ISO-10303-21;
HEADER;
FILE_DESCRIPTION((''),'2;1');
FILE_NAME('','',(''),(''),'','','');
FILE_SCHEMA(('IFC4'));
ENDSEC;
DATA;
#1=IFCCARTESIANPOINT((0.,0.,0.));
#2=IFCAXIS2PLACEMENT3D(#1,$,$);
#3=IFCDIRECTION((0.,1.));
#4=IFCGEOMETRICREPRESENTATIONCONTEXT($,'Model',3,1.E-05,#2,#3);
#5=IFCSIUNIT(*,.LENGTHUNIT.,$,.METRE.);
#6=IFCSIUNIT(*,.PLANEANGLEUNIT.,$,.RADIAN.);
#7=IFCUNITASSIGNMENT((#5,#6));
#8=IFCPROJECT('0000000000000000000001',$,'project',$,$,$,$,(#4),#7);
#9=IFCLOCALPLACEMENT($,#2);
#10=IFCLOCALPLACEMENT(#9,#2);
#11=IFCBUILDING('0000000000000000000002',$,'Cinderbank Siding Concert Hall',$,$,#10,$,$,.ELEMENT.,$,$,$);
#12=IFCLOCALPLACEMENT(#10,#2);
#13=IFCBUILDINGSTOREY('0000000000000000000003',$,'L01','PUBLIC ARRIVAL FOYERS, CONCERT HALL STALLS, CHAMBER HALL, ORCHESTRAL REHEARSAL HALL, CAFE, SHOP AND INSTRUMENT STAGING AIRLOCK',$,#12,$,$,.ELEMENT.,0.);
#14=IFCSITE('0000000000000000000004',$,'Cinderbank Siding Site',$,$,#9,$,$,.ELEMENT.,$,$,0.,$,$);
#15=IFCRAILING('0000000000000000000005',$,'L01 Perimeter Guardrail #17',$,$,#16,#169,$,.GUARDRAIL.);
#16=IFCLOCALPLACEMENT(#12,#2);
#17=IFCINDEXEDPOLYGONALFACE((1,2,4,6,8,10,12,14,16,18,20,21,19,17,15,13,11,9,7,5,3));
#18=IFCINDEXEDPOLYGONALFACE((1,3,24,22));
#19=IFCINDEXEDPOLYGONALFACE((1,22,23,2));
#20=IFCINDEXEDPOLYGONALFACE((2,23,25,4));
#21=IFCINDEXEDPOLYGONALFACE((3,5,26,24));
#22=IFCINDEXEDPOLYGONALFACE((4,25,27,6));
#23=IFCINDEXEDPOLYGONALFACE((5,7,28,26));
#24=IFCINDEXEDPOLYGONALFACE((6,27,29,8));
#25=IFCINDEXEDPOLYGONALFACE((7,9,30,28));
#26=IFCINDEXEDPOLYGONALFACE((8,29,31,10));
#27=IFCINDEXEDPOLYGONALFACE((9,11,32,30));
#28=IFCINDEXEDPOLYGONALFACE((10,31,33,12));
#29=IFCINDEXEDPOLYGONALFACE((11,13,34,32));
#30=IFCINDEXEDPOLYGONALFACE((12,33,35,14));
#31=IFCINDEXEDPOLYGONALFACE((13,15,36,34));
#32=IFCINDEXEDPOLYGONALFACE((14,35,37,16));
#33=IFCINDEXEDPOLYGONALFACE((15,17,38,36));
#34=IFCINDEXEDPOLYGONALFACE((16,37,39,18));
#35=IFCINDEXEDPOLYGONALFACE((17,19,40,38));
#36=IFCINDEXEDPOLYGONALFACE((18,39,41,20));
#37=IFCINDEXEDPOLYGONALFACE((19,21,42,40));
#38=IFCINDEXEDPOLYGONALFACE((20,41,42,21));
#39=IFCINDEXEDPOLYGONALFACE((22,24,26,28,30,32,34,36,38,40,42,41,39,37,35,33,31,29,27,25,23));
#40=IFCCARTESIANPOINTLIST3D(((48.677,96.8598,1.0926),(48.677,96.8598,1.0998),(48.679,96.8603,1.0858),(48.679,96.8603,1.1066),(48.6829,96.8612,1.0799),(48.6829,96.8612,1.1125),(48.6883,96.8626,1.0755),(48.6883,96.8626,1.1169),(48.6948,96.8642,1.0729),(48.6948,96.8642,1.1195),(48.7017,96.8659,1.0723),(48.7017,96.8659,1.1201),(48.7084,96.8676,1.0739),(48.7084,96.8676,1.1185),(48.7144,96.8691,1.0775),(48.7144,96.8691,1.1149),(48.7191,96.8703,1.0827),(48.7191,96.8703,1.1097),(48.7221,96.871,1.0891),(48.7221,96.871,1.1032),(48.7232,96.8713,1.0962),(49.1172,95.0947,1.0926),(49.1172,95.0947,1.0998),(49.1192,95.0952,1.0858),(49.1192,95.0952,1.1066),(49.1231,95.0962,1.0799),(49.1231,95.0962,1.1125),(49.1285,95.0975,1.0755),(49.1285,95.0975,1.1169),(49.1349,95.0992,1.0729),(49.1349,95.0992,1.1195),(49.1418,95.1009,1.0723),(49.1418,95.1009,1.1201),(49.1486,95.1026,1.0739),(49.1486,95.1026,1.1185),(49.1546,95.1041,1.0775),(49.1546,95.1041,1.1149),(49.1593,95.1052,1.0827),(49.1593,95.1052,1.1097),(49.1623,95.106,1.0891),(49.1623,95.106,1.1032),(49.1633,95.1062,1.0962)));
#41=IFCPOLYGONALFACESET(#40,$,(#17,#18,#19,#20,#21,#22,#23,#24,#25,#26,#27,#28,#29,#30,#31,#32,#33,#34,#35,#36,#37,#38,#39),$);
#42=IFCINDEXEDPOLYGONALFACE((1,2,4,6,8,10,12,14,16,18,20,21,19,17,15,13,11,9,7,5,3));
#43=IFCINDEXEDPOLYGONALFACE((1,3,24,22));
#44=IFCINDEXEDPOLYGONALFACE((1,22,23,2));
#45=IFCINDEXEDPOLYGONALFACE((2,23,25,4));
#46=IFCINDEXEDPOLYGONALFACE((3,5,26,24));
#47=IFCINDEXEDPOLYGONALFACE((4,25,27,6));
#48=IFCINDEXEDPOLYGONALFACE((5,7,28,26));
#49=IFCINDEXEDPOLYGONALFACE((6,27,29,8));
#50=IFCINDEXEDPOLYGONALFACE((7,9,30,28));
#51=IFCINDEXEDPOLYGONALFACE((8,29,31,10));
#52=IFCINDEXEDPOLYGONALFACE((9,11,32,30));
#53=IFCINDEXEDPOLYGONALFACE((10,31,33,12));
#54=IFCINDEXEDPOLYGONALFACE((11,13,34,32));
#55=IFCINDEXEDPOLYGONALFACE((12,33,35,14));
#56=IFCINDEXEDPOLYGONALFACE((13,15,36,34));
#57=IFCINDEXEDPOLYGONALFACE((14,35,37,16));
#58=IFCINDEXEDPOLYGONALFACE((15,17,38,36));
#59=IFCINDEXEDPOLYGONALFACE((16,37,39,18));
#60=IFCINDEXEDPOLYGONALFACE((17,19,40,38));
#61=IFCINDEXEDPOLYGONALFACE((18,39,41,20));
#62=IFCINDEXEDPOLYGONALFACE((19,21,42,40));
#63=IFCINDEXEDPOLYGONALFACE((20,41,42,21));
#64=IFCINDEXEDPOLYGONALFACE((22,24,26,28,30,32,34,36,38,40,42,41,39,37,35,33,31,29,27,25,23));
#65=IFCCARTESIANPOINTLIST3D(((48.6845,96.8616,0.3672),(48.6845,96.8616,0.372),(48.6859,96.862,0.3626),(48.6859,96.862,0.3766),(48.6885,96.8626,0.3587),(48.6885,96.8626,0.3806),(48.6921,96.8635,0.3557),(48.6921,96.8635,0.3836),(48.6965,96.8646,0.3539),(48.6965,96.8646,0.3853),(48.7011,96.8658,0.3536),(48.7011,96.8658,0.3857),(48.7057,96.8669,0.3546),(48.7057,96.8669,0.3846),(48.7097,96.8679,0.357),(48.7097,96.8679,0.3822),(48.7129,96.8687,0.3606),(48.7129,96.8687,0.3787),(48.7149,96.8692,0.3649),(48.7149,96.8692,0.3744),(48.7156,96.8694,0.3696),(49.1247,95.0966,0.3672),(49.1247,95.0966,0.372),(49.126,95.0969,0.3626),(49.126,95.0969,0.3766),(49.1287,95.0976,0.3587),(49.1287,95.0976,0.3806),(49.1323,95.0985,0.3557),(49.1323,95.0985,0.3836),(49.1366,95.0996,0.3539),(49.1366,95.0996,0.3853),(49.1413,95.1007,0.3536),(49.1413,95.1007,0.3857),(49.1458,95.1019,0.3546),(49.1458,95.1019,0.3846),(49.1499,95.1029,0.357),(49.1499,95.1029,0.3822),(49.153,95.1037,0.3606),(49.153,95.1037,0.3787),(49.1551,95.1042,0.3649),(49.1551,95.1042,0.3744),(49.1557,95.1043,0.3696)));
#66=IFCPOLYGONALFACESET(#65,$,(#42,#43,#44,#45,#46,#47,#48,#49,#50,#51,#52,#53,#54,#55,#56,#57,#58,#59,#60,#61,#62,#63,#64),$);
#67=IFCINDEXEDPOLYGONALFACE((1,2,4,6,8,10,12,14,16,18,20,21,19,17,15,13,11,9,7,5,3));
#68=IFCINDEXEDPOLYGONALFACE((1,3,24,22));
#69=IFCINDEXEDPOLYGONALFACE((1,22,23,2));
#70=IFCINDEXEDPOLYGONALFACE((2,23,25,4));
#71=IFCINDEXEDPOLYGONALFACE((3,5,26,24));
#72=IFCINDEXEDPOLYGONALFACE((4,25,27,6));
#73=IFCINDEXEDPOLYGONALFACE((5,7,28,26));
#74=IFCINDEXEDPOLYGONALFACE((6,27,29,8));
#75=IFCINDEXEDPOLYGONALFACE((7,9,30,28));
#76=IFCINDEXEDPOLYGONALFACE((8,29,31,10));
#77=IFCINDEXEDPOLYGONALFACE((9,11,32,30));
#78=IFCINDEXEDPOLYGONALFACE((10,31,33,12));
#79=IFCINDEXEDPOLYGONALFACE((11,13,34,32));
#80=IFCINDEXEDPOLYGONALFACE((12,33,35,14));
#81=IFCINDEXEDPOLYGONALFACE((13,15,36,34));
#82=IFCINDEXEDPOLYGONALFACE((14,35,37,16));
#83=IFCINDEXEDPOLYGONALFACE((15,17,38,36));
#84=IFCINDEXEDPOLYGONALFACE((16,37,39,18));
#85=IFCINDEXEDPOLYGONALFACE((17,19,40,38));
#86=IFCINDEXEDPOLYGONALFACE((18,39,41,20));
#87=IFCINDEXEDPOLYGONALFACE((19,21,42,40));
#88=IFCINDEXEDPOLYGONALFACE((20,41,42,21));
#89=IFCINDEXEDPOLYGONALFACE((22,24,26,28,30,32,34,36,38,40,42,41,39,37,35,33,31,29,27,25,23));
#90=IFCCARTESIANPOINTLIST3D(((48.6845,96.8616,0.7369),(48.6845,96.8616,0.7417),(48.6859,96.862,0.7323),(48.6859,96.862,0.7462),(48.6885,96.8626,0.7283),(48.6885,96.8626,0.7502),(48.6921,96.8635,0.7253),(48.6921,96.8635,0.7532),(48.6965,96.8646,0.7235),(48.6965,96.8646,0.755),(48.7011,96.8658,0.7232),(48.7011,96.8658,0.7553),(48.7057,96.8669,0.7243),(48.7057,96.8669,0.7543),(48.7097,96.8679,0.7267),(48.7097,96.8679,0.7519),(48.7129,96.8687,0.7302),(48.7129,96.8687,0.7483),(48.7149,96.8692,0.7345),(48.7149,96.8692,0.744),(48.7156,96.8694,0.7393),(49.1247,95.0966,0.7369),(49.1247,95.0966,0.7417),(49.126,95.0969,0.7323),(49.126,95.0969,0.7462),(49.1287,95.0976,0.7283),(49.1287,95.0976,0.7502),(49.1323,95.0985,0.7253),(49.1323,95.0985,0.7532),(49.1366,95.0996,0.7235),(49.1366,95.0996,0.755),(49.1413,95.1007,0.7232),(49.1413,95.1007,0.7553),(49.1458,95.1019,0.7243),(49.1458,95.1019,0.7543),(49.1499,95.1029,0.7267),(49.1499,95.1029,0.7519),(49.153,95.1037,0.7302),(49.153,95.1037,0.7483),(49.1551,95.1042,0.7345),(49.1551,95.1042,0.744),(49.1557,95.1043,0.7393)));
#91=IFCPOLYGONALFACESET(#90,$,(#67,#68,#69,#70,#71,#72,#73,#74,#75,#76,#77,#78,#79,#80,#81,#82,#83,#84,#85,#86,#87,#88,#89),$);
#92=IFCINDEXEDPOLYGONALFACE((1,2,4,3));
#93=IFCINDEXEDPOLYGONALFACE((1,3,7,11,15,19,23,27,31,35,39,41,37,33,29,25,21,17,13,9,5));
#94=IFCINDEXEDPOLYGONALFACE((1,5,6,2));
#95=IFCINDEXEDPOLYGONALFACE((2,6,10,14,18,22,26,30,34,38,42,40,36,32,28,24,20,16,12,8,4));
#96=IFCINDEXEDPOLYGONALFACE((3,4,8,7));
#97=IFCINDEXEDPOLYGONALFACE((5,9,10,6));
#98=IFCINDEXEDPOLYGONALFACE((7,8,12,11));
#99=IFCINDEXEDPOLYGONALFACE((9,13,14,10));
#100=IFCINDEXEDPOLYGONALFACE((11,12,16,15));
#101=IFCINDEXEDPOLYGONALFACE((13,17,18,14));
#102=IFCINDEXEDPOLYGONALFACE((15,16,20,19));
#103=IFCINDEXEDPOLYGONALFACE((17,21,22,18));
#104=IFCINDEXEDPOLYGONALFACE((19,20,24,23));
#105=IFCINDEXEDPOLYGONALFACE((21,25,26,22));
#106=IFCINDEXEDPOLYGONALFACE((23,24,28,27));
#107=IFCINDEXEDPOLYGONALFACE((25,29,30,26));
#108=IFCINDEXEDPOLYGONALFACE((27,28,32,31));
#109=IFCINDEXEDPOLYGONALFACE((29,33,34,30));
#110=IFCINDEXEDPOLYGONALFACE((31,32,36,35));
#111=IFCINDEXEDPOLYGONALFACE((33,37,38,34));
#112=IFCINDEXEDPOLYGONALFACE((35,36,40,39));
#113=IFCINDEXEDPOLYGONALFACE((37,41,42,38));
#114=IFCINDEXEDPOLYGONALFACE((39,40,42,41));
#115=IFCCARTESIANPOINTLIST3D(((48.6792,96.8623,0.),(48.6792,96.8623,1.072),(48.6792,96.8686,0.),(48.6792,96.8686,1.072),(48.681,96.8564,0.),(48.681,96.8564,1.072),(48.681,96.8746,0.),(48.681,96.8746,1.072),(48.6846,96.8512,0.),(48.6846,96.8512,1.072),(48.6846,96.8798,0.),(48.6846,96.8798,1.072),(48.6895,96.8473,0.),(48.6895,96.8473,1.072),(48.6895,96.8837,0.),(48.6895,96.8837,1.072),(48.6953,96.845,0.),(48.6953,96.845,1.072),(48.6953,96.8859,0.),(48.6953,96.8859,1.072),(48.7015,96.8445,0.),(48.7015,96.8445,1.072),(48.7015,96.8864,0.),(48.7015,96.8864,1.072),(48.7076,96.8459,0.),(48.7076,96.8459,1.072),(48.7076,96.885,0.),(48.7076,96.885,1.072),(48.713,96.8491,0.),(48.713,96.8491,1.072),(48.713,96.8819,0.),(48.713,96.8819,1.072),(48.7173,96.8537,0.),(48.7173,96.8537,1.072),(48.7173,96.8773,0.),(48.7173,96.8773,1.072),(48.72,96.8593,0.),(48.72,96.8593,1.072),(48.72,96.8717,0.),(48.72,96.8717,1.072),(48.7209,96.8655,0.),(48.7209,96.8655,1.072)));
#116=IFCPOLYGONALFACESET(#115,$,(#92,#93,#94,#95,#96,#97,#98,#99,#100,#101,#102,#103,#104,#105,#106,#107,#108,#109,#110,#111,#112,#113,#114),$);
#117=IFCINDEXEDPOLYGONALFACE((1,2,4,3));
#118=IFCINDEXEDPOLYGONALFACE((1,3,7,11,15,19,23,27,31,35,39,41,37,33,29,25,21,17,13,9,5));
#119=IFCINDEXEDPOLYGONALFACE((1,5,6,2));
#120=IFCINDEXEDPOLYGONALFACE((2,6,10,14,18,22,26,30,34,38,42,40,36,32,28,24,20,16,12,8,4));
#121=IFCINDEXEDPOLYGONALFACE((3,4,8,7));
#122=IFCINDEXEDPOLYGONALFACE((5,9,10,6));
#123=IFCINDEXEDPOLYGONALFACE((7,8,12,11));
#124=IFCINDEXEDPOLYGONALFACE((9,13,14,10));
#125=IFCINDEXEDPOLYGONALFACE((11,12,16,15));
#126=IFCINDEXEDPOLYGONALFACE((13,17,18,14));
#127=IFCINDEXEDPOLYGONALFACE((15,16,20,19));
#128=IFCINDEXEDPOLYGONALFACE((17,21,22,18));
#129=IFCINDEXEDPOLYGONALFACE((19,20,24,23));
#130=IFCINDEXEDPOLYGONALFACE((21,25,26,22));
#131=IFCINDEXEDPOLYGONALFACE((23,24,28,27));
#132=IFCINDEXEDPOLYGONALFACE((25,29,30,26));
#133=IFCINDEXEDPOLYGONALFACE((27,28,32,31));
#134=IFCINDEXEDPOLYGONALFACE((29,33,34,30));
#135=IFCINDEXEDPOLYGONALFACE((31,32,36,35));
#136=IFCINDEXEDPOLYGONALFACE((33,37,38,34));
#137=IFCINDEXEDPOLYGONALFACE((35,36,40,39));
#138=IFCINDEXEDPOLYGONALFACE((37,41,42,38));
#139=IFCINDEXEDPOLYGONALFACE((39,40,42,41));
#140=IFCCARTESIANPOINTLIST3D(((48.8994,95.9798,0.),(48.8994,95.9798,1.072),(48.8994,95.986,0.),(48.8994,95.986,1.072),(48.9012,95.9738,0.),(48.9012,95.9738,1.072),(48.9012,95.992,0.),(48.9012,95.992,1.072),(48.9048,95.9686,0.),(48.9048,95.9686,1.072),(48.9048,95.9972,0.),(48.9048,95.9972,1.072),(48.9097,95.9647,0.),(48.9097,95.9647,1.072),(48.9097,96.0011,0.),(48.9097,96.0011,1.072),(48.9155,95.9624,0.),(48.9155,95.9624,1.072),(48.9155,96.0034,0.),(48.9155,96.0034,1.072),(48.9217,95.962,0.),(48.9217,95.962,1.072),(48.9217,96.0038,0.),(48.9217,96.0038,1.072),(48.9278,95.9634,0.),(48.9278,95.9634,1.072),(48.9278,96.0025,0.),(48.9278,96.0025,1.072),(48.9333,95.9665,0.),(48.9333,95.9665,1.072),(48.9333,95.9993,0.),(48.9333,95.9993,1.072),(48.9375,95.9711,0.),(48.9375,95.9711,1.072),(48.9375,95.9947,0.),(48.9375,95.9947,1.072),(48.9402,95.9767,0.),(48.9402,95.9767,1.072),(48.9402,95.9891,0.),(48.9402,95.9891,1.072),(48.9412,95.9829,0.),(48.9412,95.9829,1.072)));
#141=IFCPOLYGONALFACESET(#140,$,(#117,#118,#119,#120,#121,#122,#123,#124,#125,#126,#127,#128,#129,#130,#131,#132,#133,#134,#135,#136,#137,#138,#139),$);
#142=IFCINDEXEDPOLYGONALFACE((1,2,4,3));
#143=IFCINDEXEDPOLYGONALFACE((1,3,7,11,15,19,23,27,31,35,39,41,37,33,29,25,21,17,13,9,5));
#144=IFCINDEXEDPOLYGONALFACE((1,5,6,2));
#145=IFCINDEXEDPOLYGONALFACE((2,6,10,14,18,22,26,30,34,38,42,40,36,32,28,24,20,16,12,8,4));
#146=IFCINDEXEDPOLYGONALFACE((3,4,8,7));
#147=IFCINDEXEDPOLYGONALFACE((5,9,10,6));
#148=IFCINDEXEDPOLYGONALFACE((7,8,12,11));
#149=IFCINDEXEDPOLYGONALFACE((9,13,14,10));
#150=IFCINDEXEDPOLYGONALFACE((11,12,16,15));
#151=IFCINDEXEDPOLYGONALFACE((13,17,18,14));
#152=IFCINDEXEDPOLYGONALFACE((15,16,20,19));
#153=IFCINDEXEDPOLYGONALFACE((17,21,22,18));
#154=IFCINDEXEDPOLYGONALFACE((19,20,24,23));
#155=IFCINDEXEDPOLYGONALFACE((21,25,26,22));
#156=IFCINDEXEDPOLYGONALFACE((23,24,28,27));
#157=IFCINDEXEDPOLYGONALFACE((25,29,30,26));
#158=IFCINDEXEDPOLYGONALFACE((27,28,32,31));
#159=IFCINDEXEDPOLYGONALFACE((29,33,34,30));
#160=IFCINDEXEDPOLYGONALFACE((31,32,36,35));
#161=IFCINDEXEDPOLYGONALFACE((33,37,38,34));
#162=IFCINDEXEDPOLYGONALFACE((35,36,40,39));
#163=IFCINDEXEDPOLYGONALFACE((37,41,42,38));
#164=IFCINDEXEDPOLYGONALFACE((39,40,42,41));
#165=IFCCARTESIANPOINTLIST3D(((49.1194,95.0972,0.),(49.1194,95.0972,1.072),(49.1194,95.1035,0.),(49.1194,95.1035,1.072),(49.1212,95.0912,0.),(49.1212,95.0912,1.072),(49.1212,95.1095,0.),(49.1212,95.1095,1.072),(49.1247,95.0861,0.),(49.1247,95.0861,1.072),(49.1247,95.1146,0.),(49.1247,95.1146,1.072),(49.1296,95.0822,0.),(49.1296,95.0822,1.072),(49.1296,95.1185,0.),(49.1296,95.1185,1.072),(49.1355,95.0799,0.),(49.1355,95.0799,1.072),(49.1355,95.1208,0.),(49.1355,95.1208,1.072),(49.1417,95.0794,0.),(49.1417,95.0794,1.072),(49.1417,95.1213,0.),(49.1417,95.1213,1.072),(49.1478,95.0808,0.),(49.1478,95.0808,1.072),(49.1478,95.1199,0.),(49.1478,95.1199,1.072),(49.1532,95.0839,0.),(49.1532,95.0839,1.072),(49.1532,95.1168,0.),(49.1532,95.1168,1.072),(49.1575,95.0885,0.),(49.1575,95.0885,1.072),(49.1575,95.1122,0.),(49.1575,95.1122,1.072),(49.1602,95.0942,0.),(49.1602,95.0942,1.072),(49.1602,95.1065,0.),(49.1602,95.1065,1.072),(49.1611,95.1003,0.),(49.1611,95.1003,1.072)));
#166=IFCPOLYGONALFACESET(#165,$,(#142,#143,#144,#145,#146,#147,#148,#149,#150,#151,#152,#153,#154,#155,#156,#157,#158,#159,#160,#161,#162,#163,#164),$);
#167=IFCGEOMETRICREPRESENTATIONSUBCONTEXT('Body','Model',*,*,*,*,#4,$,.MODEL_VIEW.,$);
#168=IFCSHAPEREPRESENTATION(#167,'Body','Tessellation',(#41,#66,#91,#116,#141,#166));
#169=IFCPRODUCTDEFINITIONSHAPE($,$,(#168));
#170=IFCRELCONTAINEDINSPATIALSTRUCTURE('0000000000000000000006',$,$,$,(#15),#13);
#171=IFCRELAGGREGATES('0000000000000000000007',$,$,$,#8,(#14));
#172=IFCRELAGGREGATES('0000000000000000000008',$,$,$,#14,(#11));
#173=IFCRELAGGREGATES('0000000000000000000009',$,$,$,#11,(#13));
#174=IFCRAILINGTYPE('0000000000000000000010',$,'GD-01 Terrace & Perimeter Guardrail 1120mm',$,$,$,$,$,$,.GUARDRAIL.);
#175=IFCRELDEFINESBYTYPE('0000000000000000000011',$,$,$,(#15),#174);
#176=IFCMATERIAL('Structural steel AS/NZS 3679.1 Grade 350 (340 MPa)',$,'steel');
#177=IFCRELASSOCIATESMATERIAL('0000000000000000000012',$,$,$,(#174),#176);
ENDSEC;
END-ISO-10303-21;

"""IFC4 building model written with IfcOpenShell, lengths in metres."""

from ifc_helpers import new_model, si_unit, direction, frame, origin, origin_2d, place, context, subcontext, project, spatial, circle, extrude, material, type_object, element, save


model = new_model("IFC4")

# Units and contexts
model_context = context("Model", 3, precision=1e-05, world=origin(), true_north=direction((0.0, 1.0)))
body_context = subcontext(model_context, "Body", "Model", "MODEL_VIEW")
ifc_project = project(units=[si_unit("LENGTHUNIT", "METRE"), si_unit("PLANEANGLEUNIT", "RADIAN")], contexts=[model_context])

# Site, building, storey
site_placement = place(None, origin())
site = spatial("IfcSite", under=ifc_project, at=site_placement, Name="Cinderbank Siding Site", CompositionType="ELEMENT", RefElevation=0.0)
building_placement = place(site_placement, origin())
building = spatial("IfcBuilding", under=site, at=building_placement, Name="Cinderbank Siding Concert Hall", CompositionType="ELEMENT")
storey_placement = place(building_placement, origin())
storey = spatial("IfcBuildingStorey", under=building, at=storey_placement, Name="L01", Description="PUBLIC ARRIVAL FOYERS, CONCERT HALL STALLS, CHAMBER HALL, ORCHESTRAL REHEARSAL HALL, CAFE, SHOP AND INSTRUMENT STAGING AIRLOCK", CompositionType="ELEMENT", Elevation=0.0)

# Shared definitions
ifc_material_1 = material(Name="Structural steel AS/NZS 3679.1 Grade 350 (340 MPa)", Category="steel")

# Railing
railing_type = type_object("IfcRailingType", Name="GD-01 Terrace & Perimeter Guardrail 1120mm", PredefinedType="GUARDRAIL", material=ifc_material_1)
railing_1_placement = place(storey_placement, frame((48.7, 96.8655, 0.0)))
element("IfcRailing", 1, at=railing_1_placement, inside=storey, type_object=railing_type, Name="L01 Perimeter Guardrail #17", PredefinedType="GUARDRAIL", context=body_context, shape_type="SweptSolid", body=[
    extrude(circle(Radius=0.0239, at=origin_2d()), frame((0.0, 0.0, 1.0962), z_axis=(0.241967, -0.970284, 0.0), x_axis=(0.970284, 0.241967, 0.0)), (0.0, 0.0, 1.0), 1.8191),
    extrude(circle(Radius=0.0161, at=origin_2d()), frame((0.0, 0.0, 0.3696), z_axis=(0.241967, -0.970284, 0.0), x_axis=(0.970284, 0.241967, 0.0)), (0.0, 0.0, 1.0), 1.8191),
    extrude(circle(Radius=0.0161, at=origin_2d()), frame((0.0, 0.0, 0.7393), z_axis=(0.241967, -0.970284, 0.0), x_axis=(0.970284, 0.241967, 0.0)), (0.0, 0.0, 1.0), 1.8191),
    extrude(circle(Radius=0.021, at=origin_2d()), origin(), (0.0, 0.0, 1.0), 1.072),
    extrude(circle(Radius=0.021, at=origin_2d()), frame((0.2202, -0.8826, 0.0)), (0.0, 0.0, 1.0), 1.072),
    extrude(circle(Radius=0.021, at=origin_2d()), frame((0.4402, -1.7651, 0.0)), (0.0, 0.0, 1.0), 1.072),
])

save(model, "model.ifc")
